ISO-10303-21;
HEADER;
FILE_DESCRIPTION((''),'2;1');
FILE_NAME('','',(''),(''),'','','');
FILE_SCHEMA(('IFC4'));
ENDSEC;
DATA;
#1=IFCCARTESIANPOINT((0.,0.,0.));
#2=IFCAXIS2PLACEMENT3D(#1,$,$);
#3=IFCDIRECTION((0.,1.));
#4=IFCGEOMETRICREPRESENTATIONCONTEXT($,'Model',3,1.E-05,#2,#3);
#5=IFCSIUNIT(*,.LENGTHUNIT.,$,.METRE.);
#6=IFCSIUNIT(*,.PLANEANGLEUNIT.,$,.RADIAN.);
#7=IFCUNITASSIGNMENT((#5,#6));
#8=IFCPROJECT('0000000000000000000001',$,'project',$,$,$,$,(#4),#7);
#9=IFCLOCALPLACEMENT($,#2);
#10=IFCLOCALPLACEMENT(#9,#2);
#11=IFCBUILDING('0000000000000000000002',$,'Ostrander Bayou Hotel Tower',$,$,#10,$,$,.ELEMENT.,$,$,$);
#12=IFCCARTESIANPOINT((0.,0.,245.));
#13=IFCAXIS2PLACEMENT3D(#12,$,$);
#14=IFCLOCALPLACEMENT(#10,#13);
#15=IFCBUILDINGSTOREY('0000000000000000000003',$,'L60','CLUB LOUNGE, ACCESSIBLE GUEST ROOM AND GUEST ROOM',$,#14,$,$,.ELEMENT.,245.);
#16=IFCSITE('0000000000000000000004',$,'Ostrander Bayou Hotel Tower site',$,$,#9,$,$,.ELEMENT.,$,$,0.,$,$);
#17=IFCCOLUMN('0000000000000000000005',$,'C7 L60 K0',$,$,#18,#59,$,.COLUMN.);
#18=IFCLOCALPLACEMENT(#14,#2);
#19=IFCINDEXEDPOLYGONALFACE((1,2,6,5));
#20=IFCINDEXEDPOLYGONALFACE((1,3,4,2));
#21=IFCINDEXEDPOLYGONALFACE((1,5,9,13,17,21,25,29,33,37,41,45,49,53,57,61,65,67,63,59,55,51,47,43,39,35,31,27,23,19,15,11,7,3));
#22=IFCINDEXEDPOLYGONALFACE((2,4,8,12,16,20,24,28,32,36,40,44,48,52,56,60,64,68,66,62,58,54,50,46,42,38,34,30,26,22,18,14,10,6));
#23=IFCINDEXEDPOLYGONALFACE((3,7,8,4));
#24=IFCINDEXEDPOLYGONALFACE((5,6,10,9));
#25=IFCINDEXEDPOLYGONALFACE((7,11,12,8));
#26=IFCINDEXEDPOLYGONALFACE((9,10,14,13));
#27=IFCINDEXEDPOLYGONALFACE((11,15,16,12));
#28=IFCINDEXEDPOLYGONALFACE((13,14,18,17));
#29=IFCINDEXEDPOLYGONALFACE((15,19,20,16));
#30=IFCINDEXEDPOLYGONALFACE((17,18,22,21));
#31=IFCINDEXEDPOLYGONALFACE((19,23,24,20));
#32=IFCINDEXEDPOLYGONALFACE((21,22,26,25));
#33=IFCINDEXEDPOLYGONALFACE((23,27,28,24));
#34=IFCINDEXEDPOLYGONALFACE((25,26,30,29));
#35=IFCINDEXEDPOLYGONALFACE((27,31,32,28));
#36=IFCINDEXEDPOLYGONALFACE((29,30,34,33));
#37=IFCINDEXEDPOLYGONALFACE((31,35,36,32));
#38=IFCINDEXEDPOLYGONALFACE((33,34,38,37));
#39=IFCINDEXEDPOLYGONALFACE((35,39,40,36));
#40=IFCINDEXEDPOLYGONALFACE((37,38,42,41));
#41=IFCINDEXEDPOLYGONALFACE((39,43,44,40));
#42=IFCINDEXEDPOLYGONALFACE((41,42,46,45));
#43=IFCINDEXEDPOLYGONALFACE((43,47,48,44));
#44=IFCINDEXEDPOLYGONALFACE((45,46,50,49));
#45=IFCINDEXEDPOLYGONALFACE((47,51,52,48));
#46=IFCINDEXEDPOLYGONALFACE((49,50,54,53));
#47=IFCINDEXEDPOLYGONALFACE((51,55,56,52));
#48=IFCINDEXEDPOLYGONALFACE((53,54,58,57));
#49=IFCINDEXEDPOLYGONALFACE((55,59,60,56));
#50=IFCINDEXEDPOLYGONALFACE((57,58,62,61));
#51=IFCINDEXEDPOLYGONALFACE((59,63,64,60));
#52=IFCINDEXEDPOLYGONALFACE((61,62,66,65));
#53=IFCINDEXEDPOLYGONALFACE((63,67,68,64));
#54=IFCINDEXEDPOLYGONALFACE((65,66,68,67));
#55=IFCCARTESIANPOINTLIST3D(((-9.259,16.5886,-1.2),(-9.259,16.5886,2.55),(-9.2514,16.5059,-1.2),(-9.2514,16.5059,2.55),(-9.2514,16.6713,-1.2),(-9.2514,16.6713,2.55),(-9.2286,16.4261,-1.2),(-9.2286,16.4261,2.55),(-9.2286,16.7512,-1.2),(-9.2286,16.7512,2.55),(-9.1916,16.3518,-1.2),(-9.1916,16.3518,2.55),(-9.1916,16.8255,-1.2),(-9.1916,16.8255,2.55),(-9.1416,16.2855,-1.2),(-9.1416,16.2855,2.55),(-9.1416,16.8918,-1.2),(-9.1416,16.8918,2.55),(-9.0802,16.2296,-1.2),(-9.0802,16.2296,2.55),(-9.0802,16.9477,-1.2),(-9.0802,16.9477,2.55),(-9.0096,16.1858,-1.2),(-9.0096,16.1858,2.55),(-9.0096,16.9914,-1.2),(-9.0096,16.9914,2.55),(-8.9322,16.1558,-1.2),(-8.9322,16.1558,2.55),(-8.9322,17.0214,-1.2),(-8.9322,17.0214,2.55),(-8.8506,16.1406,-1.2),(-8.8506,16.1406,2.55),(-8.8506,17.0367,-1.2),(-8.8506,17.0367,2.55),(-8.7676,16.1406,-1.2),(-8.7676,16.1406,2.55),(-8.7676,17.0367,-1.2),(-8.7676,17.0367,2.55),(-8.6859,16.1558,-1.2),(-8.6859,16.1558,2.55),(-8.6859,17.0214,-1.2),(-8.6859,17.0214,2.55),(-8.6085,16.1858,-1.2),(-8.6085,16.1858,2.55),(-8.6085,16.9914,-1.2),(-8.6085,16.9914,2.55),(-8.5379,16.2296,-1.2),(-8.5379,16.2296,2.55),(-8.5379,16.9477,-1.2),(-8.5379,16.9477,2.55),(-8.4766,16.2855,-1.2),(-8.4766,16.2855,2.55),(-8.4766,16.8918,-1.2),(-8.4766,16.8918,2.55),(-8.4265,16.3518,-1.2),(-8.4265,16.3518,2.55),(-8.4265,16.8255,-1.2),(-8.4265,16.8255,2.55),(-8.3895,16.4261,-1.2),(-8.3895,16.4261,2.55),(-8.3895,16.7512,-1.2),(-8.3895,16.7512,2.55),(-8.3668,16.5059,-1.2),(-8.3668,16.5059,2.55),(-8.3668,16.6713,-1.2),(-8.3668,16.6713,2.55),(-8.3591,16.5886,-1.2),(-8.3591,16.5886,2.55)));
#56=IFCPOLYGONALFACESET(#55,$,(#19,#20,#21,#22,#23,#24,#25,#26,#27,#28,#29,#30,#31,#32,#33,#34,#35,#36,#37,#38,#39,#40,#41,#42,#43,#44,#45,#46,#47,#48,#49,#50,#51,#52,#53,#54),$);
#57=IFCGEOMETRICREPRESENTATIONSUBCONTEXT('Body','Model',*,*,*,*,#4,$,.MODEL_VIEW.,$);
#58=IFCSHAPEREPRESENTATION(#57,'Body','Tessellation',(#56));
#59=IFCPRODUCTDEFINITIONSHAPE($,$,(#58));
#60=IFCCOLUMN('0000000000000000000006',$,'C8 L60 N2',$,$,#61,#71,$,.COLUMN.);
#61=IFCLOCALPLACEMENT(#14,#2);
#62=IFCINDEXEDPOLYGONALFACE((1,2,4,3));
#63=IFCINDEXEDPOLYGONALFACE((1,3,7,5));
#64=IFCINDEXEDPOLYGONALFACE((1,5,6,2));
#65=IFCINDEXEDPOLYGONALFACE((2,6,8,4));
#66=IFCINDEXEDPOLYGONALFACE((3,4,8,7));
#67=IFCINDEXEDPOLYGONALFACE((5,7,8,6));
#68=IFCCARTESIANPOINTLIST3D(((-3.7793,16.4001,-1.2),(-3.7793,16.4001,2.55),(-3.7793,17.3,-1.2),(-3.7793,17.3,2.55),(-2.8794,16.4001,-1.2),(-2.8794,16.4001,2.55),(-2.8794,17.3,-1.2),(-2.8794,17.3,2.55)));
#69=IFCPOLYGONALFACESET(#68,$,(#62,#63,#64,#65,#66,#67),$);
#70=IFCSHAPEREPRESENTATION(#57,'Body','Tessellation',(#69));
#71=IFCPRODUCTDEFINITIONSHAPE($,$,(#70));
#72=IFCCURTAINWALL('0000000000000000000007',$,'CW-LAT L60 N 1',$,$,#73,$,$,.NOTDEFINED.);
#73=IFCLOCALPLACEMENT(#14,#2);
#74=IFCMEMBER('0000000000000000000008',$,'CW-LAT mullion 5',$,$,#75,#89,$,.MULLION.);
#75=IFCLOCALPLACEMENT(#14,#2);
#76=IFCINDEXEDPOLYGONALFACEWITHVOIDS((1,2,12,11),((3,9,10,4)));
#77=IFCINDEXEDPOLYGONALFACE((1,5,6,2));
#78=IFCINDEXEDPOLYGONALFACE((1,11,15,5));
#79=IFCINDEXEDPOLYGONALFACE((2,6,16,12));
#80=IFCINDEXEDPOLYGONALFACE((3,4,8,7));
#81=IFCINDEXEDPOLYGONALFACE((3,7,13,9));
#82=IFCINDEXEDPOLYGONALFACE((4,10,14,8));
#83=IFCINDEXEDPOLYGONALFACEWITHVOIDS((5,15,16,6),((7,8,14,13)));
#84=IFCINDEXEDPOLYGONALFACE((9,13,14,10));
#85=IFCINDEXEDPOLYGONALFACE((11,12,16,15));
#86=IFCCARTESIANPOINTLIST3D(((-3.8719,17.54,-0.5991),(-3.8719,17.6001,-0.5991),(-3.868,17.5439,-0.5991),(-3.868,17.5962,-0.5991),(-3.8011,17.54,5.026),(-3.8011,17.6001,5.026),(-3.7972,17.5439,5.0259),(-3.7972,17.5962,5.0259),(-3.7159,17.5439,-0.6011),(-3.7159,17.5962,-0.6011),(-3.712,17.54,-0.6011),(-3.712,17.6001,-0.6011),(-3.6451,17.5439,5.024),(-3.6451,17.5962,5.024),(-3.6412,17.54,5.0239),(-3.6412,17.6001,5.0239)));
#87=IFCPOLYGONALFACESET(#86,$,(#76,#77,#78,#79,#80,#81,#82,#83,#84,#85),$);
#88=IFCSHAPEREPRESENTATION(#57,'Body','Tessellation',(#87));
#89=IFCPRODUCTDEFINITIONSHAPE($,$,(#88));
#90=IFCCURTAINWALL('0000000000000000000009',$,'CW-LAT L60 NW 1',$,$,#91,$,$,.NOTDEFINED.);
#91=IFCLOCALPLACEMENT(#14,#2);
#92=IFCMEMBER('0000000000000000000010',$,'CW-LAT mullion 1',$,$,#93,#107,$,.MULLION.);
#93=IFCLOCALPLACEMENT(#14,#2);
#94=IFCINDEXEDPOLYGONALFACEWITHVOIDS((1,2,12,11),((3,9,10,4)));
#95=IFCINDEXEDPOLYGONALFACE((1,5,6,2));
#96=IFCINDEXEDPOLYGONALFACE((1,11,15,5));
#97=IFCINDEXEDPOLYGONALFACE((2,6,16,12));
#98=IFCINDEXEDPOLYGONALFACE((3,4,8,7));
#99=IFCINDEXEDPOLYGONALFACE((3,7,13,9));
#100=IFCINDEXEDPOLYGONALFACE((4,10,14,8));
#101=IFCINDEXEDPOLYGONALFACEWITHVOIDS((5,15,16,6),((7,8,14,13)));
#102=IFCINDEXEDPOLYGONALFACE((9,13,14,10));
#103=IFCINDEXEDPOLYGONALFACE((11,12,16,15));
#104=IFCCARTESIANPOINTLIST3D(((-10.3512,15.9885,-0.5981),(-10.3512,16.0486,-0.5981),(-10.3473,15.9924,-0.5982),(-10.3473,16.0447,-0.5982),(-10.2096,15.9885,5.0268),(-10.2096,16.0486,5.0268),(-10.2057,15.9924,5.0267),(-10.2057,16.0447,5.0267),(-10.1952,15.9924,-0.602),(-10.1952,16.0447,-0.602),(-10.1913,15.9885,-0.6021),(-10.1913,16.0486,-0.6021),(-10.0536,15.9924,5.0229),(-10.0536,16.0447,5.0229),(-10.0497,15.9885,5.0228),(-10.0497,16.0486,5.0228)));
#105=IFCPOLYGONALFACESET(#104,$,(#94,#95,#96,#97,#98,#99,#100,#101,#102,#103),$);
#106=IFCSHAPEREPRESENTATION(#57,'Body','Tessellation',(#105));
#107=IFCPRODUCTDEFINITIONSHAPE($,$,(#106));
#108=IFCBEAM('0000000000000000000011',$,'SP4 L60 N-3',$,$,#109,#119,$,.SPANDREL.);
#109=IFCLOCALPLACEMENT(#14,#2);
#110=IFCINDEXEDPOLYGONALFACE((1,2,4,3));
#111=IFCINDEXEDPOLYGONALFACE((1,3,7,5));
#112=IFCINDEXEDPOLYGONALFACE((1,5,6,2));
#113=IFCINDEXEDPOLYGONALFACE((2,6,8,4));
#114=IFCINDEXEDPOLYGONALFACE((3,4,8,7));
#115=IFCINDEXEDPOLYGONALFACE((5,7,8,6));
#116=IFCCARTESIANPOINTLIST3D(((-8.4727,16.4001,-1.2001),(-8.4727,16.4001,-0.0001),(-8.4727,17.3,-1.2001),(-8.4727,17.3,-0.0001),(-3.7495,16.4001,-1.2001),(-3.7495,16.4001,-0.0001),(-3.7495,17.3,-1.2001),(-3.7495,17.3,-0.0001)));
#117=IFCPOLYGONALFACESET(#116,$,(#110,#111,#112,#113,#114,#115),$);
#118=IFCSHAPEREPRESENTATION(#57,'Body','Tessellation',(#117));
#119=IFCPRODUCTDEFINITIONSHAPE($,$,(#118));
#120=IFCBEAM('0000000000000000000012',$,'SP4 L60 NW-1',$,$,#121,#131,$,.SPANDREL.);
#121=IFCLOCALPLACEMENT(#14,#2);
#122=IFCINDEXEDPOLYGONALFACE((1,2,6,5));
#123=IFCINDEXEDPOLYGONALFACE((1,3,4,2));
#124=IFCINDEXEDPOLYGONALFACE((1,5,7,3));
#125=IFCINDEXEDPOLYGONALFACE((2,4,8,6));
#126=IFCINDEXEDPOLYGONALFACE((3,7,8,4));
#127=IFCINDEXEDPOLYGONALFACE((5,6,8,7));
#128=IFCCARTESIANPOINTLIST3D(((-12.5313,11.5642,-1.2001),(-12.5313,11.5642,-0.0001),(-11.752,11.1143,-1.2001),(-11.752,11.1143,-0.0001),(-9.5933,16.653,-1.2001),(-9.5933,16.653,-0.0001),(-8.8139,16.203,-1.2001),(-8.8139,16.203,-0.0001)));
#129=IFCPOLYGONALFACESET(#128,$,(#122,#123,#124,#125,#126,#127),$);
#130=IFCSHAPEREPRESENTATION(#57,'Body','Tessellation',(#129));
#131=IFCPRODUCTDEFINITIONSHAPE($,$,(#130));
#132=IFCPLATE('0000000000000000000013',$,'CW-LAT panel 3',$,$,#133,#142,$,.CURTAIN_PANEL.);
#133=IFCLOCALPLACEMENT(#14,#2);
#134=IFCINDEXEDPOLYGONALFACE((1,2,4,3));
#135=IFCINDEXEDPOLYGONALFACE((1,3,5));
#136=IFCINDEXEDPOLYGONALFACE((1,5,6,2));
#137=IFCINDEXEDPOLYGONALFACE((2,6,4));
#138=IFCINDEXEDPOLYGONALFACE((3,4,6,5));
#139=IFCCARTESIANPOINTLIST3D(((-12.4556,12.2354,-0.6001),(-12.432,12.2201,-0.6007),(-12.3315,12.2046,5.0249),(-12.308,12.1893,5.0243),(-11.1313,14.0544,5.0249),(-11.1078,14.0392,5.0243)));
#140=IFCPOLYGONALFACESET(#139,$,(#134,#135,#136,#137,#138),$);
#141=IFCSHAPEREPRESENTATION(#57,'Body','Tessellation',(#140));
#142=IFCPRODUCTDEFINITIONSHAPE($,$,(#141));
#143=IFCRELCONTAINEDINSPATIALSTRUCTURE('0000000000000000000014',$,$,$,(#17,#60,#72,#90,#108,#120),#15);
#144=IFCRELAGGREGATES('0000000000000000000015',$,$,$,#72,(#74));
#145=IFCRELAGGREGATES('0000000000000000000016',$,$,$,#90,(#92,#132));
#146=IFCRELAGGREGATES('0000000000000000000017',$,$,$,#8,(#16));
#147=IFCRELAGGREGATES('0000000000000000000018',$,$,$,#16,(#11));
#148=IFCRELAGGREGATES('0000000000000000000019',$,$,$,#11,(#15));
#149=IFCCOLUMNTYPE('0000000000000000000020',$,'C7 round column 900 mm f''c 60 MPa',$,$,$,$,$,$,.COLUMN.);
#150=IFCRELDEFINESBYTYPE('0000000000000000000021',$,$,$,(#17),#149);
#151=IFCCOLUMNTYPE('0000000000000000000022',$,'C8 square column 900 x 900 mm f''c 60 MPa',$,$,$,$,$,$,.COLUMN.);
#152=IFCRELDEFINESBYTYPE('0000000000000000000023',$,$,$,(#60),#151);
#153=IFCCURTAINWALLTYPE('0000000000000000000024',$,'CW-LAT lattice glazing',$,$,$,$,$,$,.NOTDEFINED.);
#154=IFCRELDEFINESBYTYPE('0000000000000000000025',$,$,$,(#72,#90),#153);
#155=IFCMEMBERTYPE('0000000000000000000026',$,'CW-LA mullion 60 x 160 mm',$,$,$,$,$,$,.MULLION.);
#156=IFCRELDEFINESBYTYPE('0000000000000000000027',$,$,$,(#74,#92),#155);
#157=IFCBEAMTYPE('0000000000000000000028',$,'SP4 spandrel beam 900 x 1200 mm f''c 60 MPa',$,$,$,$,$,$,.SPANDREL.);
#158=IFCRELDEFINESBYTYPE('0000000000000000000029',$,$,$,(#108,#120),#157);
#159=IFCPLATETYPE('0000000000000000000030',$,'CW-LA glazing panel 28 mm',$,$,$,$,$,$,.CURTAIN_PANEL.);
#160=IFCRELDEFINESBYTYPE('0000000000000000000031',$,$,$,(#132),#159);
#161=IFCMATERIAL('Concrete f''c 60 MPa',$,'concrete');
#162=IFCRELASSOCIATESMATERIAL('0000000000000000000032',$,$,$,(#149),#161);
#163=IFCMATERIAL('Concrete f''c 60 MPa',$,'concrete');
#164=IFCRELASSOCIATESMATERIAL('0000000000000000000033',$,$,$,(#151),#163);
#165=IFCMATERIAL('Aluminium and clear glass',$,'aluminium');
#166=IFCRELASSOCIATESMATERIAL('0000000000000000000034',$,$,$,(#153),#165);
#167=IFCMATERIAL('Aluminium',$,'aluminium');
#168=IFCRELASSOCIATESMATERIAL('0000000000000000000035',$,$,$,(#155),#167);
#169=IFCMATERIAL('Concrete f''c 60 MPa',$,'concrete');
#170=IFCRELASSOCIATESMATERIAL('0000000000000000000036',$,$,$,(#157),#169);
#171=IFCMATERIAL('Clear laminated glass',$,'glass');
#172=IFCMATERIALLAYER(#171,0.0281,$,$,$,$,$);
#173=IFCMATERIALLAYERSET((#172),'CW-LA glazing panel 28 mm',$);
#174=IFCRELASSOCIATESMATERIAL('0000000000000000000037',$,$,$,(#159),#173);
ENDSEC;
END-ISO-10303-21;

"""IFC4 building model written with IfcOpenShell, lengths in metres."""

from ifc_helpers import new_model, si_unit, direction, frame, origin, origin_2d, place, context, subcontext, project, spatial, polyline, rectangle, hollow_rectangle, circle, outline, extrude, material, layer, layer_set, material_profile, profile_set, type_object, element, aggregate, save


model = new_model("IFC4")

# Units and contexts
model_context = context("Model", 3, precision=1e-05, world=origin(), true_north=direction((0.0, 1.0)))
body_context = subcontext(model_context, "Body", "Model", "MODEL_VIEW")
ifc_project = project(units=[si_unit("LENGTHUNIT", "METRE"), si_unit("PLANEANGLEUNIT", "RADIAN")], contexts=[model_context])

# Site, building, storey
site_placement = place(None, origin())
site = spatial("IfcSite", under=ifc_project, at=site_placement, Name="Ostrander Bayou Hotel Tower site", CompositionType="ELEMENT", RefElevation=0.0)
building_placement = place(site_placement, origin())
building = spatial("IfcBuilding", under=site, at=building_placement, Name="Ostrander Bayou Hotel Tower", CompositionType="ELEMENT")
storey_placement = place(building_placement, frame((0.0, 0.0, 245.0)))
storey = spatial("IfcBuildingStorey", under=building, at=storey_placement, Name="L60", Description="CLUB LOUNGE, ACCESSIBLE GUEST ROOM AND GUEST ROOM", CompositionType="ELEMENT", Elevation=245.0)

# Columns
ifc_material_1 = material(Name="Concrete f'c 60 MPa", Category="concrete")
ifc_material_profile_1 = material_profile(ifc_material_1, circle(Radius=0.45, at=origin_2d()))
ifc_profile_set_1 = profile_set([ifc_material_profile_1], Name="Concrete f'c 60 MPa")
column_type_1 = type_object("IfcColumnType", Name="C7 round column 900 mm f'c 60 MPa", PredefinedType="COLUMN", material=ifc_profile_set_1)
column_1_placement = place(storey_placement, frame((-8.8091, 16.5886, -1.2), z_axis=(0.0, 0.0, 1.0), x_axis=(1.0, 0.0, 0.0)))
element("IfcColumn", 1, at=column_1_placement, inside=storey, type_object=column_type_1, Name="C7 L60 K0", PredefinedType="COLUMN", context=body_context, shape_type="SweptSolid", body=[
    extrude(circle(Radius=0.45, at=origin_2d()), origin(), (0.0, 0.0, 1.0), 3.75),
])
ifc_material_2 = material(Name="Concrete f'c 60 MPa", Category="concrete")
ifc_material_profile_2 = material_profile(ifc_material_2, rectangle(XDim=0.8999, YDim=0.8999, at=origin_2d()))
ifc_profile_set_2 = profile_set([ifc_material_profile_2], Name="Concrete f'c 60 MPa")
column_type_2 = type_object("IfcColumnType", Name="C8 square column 900 x 900 mm f'c 60 MPa", PredefinedType="COLUMN", material=ifc_profile_set_2)
column_2_placement = place(storey_placement, frame((-3.3293, 16.8501, -1.2), z_axis=(0.0, 0.0, 1.0), x_axis=(1.0, 0.0, 0.0)))
element("IfcColumn", 2, at=column_2_placement, inside=storey, type_object=column_type_2, Name="C8 L60 N2", PredefinedType="COLUMN", context=body_context, shape_type="SweptSolid", body=[
    extrude(rectangle(XDim=0.8999, YDim=0.8999, at=origin_2d()), origin(), (0.0, 0.0, 1.0), 3.75),
])

# Curtain walls, members
ifc_material_3 = material(Name="Aluminium and clear glass", Category="aluminium")
curtain_wall_type = type_object("IfcCurtainWallType", Name="CW-LAT lattice glazing", PredefinedType="NOTDEFINED", material=ifc_material_3)
curtain_wall_1_placement = place(storey_placement, origin())
curtain_wall_1 = element("IfcCurtainWall", 3, at=curtain_wall_1_placement, inside=storey, type_object=curtain_wall_type, Name="CW-LAT L60 N 1", PredefinedType="NOTDEFINED")
ifc_material_4 = material(Name="Aluminium", Category="aluminium")
ifc_material_profile_3 = material_profile(ifc_material_4, hollow_rectangle(XDim=0.0601, YDim=0.1599, WallThickness=0.0039, at=origin_2d()))
ifc_profile_set_3 = profile_set([ifc_material_profile_3], Name="Aluminium")
member_type = type_object("IfcMemberType", Name="CW-LA mullion 60 x 160 mm", PredefinedType="MULLION", material=ifc_profile_set_3)
member_1_placement = place(storey_placement, frame((-3.792, 17.5701, -0.6001), z_axis=(0.012586, 0.0, 0.999921), x_axis=(0.0, 1.0, 0.0)))
member_1 = element("IfcMember", 4, at=member_1_placement, type_object=member_type, Name="CW-LAT mullion 5", PredefinedType="MULLION", context=body_context, shape_type="SweptSolid", body=[
    extrude(hollow_rectangle(XDim=0.0601, YDim=0.1599, WallThickness=0.0039, at=origin_2d()), origin(), (0.0, 0.0, 1.0), 5.6255),
])
aggregate(curtain_wall_1, [member_1])
curtain_wall_2_placement = place(storey_placement, origin())
curtain_wall_2 = element("IfcCurtainWall", 5, at=curtain_wall_2_placement, inside=storey, type_object=curtain_wall_type, Name="CW-LAT L60 NW 1", PredefinedType="NOTDEFINED")
member_2_placement = place(storey_placement, frame((-10.2712, 16.0186, -0.6001), z_axis=(0.025166, 0.0, 0.999683), x_axis=(0.0, 1.0, 0.0)))
member_2 = element("IfcMember", 6, at=member_2_placement, type_object=member_type, Name="CW-LAT mullion 1", PredefinedType="MULLION", context=body_context, shape_type="SweptSolid", body=[
    extrude(hollow_rectangle(XDim=0.0601, YDim=0.1599, WallThickness=0.0039, at=origin_2d()), origin(), (0.0, 0.0, 1.0), 5.6267),
])

# Beams
ifc_material_5 = material(Name="Concrete f'c 60 MPa", Category="concrete")
ifc_material_profile_4 = material_profile(ifc_material_5, rectangle(XDim=0.8999, YDim=1.2, at=origin_2d()))
ifc_profile_set_4 = profile_set([ifc_material_profile_4], Name="Concrete f'c 60 MPa")
beam_type = type_object("IfcBeamType", Name="SP4 spandrel beam 900 x 1200 mm f'c 60 MPa", PredefinedType="SPANDREL", material=ifc_profile_set_4)
beam_1_placement = place(storey_placement, frame((-3.7495, 16.8501, -0.6001), z_axis=(-1.0, 0.0, 0.0), x_axis=(0.0, -1.0, 0.0)))
element("IfcBeam", 7, at=beam_1_placement, inside=storey, type_object=beam_type, Name="SP4 L60 N-3", PredefinedType="SPANDREL", context=body_context, shape_type="SweptSolid", body=[
    extrude(rectangle(XDim=0.8999, YDim=1.2, at=origin_2d()), origin(), (0.0, 0.0, 1.0), 4.7231),
])
beam_2_placement = place(storey_placement, frame((-9.2036, 16.428, -0.6001), z_axis=(-0.500009, -0.86602, 0.0), x_axis=(0.86602, -0.500009, 0.0)))
element("IfcBeam", 8, at=beam_2_placement, inside=storey, type_object=beam_type, Name="SP4 L60 NW-1", PredefinedType="SPANDREL", context=body_context, shape_type="SweptSolid", body=[
    extrude(rectangle(XDim=0.8999, YDim=1.2, at=origin_2d()), origin(), (0.0, 0.0, 1.0), 5.876),
])

# Plate
ifc_material_6 = material(Name="Clear laminated glass", Category="glass")
ifc_layer_1 = layer(ifc_material_6, 0.0281)
ifc_layer_set_1 = layer_set([ifc_layer_1], Name="CW-LA glazing panel 28 mm")
plate_type = type_object("IfcPlateType", Name="CW-LA glazing panel 28 mm", PredefinedType="CURTAIN_PANEL", material=ifc_layer_set_1)
plate_placement = place(storey_placement, frame((-11.1313, 14.0544, 5.0249), z_axis=(-0.838708, 0.544158, 0.021468), x_axis=(-0.218578, -0.300263, -0.928475)))
plate = element("IfcPlate", 9, at=plate_placement, type_object=plate_type, Name="CW-LAT panel 3", PredefinedType="CURTAIN_PANEL", context=body_context, shape_type="SweptSolid", body=[
    extrude(outline(polyline([(0.0, 0.0), (6.0583, 0.0), (0.8178, 2.0478), (0.0, 0.0)])), origin(), (0.0, 0.0, -1.0), 0.0281),
])
aggregate(curtain_wall_2, [member_2, plate])

save(model, "model.ifc")
